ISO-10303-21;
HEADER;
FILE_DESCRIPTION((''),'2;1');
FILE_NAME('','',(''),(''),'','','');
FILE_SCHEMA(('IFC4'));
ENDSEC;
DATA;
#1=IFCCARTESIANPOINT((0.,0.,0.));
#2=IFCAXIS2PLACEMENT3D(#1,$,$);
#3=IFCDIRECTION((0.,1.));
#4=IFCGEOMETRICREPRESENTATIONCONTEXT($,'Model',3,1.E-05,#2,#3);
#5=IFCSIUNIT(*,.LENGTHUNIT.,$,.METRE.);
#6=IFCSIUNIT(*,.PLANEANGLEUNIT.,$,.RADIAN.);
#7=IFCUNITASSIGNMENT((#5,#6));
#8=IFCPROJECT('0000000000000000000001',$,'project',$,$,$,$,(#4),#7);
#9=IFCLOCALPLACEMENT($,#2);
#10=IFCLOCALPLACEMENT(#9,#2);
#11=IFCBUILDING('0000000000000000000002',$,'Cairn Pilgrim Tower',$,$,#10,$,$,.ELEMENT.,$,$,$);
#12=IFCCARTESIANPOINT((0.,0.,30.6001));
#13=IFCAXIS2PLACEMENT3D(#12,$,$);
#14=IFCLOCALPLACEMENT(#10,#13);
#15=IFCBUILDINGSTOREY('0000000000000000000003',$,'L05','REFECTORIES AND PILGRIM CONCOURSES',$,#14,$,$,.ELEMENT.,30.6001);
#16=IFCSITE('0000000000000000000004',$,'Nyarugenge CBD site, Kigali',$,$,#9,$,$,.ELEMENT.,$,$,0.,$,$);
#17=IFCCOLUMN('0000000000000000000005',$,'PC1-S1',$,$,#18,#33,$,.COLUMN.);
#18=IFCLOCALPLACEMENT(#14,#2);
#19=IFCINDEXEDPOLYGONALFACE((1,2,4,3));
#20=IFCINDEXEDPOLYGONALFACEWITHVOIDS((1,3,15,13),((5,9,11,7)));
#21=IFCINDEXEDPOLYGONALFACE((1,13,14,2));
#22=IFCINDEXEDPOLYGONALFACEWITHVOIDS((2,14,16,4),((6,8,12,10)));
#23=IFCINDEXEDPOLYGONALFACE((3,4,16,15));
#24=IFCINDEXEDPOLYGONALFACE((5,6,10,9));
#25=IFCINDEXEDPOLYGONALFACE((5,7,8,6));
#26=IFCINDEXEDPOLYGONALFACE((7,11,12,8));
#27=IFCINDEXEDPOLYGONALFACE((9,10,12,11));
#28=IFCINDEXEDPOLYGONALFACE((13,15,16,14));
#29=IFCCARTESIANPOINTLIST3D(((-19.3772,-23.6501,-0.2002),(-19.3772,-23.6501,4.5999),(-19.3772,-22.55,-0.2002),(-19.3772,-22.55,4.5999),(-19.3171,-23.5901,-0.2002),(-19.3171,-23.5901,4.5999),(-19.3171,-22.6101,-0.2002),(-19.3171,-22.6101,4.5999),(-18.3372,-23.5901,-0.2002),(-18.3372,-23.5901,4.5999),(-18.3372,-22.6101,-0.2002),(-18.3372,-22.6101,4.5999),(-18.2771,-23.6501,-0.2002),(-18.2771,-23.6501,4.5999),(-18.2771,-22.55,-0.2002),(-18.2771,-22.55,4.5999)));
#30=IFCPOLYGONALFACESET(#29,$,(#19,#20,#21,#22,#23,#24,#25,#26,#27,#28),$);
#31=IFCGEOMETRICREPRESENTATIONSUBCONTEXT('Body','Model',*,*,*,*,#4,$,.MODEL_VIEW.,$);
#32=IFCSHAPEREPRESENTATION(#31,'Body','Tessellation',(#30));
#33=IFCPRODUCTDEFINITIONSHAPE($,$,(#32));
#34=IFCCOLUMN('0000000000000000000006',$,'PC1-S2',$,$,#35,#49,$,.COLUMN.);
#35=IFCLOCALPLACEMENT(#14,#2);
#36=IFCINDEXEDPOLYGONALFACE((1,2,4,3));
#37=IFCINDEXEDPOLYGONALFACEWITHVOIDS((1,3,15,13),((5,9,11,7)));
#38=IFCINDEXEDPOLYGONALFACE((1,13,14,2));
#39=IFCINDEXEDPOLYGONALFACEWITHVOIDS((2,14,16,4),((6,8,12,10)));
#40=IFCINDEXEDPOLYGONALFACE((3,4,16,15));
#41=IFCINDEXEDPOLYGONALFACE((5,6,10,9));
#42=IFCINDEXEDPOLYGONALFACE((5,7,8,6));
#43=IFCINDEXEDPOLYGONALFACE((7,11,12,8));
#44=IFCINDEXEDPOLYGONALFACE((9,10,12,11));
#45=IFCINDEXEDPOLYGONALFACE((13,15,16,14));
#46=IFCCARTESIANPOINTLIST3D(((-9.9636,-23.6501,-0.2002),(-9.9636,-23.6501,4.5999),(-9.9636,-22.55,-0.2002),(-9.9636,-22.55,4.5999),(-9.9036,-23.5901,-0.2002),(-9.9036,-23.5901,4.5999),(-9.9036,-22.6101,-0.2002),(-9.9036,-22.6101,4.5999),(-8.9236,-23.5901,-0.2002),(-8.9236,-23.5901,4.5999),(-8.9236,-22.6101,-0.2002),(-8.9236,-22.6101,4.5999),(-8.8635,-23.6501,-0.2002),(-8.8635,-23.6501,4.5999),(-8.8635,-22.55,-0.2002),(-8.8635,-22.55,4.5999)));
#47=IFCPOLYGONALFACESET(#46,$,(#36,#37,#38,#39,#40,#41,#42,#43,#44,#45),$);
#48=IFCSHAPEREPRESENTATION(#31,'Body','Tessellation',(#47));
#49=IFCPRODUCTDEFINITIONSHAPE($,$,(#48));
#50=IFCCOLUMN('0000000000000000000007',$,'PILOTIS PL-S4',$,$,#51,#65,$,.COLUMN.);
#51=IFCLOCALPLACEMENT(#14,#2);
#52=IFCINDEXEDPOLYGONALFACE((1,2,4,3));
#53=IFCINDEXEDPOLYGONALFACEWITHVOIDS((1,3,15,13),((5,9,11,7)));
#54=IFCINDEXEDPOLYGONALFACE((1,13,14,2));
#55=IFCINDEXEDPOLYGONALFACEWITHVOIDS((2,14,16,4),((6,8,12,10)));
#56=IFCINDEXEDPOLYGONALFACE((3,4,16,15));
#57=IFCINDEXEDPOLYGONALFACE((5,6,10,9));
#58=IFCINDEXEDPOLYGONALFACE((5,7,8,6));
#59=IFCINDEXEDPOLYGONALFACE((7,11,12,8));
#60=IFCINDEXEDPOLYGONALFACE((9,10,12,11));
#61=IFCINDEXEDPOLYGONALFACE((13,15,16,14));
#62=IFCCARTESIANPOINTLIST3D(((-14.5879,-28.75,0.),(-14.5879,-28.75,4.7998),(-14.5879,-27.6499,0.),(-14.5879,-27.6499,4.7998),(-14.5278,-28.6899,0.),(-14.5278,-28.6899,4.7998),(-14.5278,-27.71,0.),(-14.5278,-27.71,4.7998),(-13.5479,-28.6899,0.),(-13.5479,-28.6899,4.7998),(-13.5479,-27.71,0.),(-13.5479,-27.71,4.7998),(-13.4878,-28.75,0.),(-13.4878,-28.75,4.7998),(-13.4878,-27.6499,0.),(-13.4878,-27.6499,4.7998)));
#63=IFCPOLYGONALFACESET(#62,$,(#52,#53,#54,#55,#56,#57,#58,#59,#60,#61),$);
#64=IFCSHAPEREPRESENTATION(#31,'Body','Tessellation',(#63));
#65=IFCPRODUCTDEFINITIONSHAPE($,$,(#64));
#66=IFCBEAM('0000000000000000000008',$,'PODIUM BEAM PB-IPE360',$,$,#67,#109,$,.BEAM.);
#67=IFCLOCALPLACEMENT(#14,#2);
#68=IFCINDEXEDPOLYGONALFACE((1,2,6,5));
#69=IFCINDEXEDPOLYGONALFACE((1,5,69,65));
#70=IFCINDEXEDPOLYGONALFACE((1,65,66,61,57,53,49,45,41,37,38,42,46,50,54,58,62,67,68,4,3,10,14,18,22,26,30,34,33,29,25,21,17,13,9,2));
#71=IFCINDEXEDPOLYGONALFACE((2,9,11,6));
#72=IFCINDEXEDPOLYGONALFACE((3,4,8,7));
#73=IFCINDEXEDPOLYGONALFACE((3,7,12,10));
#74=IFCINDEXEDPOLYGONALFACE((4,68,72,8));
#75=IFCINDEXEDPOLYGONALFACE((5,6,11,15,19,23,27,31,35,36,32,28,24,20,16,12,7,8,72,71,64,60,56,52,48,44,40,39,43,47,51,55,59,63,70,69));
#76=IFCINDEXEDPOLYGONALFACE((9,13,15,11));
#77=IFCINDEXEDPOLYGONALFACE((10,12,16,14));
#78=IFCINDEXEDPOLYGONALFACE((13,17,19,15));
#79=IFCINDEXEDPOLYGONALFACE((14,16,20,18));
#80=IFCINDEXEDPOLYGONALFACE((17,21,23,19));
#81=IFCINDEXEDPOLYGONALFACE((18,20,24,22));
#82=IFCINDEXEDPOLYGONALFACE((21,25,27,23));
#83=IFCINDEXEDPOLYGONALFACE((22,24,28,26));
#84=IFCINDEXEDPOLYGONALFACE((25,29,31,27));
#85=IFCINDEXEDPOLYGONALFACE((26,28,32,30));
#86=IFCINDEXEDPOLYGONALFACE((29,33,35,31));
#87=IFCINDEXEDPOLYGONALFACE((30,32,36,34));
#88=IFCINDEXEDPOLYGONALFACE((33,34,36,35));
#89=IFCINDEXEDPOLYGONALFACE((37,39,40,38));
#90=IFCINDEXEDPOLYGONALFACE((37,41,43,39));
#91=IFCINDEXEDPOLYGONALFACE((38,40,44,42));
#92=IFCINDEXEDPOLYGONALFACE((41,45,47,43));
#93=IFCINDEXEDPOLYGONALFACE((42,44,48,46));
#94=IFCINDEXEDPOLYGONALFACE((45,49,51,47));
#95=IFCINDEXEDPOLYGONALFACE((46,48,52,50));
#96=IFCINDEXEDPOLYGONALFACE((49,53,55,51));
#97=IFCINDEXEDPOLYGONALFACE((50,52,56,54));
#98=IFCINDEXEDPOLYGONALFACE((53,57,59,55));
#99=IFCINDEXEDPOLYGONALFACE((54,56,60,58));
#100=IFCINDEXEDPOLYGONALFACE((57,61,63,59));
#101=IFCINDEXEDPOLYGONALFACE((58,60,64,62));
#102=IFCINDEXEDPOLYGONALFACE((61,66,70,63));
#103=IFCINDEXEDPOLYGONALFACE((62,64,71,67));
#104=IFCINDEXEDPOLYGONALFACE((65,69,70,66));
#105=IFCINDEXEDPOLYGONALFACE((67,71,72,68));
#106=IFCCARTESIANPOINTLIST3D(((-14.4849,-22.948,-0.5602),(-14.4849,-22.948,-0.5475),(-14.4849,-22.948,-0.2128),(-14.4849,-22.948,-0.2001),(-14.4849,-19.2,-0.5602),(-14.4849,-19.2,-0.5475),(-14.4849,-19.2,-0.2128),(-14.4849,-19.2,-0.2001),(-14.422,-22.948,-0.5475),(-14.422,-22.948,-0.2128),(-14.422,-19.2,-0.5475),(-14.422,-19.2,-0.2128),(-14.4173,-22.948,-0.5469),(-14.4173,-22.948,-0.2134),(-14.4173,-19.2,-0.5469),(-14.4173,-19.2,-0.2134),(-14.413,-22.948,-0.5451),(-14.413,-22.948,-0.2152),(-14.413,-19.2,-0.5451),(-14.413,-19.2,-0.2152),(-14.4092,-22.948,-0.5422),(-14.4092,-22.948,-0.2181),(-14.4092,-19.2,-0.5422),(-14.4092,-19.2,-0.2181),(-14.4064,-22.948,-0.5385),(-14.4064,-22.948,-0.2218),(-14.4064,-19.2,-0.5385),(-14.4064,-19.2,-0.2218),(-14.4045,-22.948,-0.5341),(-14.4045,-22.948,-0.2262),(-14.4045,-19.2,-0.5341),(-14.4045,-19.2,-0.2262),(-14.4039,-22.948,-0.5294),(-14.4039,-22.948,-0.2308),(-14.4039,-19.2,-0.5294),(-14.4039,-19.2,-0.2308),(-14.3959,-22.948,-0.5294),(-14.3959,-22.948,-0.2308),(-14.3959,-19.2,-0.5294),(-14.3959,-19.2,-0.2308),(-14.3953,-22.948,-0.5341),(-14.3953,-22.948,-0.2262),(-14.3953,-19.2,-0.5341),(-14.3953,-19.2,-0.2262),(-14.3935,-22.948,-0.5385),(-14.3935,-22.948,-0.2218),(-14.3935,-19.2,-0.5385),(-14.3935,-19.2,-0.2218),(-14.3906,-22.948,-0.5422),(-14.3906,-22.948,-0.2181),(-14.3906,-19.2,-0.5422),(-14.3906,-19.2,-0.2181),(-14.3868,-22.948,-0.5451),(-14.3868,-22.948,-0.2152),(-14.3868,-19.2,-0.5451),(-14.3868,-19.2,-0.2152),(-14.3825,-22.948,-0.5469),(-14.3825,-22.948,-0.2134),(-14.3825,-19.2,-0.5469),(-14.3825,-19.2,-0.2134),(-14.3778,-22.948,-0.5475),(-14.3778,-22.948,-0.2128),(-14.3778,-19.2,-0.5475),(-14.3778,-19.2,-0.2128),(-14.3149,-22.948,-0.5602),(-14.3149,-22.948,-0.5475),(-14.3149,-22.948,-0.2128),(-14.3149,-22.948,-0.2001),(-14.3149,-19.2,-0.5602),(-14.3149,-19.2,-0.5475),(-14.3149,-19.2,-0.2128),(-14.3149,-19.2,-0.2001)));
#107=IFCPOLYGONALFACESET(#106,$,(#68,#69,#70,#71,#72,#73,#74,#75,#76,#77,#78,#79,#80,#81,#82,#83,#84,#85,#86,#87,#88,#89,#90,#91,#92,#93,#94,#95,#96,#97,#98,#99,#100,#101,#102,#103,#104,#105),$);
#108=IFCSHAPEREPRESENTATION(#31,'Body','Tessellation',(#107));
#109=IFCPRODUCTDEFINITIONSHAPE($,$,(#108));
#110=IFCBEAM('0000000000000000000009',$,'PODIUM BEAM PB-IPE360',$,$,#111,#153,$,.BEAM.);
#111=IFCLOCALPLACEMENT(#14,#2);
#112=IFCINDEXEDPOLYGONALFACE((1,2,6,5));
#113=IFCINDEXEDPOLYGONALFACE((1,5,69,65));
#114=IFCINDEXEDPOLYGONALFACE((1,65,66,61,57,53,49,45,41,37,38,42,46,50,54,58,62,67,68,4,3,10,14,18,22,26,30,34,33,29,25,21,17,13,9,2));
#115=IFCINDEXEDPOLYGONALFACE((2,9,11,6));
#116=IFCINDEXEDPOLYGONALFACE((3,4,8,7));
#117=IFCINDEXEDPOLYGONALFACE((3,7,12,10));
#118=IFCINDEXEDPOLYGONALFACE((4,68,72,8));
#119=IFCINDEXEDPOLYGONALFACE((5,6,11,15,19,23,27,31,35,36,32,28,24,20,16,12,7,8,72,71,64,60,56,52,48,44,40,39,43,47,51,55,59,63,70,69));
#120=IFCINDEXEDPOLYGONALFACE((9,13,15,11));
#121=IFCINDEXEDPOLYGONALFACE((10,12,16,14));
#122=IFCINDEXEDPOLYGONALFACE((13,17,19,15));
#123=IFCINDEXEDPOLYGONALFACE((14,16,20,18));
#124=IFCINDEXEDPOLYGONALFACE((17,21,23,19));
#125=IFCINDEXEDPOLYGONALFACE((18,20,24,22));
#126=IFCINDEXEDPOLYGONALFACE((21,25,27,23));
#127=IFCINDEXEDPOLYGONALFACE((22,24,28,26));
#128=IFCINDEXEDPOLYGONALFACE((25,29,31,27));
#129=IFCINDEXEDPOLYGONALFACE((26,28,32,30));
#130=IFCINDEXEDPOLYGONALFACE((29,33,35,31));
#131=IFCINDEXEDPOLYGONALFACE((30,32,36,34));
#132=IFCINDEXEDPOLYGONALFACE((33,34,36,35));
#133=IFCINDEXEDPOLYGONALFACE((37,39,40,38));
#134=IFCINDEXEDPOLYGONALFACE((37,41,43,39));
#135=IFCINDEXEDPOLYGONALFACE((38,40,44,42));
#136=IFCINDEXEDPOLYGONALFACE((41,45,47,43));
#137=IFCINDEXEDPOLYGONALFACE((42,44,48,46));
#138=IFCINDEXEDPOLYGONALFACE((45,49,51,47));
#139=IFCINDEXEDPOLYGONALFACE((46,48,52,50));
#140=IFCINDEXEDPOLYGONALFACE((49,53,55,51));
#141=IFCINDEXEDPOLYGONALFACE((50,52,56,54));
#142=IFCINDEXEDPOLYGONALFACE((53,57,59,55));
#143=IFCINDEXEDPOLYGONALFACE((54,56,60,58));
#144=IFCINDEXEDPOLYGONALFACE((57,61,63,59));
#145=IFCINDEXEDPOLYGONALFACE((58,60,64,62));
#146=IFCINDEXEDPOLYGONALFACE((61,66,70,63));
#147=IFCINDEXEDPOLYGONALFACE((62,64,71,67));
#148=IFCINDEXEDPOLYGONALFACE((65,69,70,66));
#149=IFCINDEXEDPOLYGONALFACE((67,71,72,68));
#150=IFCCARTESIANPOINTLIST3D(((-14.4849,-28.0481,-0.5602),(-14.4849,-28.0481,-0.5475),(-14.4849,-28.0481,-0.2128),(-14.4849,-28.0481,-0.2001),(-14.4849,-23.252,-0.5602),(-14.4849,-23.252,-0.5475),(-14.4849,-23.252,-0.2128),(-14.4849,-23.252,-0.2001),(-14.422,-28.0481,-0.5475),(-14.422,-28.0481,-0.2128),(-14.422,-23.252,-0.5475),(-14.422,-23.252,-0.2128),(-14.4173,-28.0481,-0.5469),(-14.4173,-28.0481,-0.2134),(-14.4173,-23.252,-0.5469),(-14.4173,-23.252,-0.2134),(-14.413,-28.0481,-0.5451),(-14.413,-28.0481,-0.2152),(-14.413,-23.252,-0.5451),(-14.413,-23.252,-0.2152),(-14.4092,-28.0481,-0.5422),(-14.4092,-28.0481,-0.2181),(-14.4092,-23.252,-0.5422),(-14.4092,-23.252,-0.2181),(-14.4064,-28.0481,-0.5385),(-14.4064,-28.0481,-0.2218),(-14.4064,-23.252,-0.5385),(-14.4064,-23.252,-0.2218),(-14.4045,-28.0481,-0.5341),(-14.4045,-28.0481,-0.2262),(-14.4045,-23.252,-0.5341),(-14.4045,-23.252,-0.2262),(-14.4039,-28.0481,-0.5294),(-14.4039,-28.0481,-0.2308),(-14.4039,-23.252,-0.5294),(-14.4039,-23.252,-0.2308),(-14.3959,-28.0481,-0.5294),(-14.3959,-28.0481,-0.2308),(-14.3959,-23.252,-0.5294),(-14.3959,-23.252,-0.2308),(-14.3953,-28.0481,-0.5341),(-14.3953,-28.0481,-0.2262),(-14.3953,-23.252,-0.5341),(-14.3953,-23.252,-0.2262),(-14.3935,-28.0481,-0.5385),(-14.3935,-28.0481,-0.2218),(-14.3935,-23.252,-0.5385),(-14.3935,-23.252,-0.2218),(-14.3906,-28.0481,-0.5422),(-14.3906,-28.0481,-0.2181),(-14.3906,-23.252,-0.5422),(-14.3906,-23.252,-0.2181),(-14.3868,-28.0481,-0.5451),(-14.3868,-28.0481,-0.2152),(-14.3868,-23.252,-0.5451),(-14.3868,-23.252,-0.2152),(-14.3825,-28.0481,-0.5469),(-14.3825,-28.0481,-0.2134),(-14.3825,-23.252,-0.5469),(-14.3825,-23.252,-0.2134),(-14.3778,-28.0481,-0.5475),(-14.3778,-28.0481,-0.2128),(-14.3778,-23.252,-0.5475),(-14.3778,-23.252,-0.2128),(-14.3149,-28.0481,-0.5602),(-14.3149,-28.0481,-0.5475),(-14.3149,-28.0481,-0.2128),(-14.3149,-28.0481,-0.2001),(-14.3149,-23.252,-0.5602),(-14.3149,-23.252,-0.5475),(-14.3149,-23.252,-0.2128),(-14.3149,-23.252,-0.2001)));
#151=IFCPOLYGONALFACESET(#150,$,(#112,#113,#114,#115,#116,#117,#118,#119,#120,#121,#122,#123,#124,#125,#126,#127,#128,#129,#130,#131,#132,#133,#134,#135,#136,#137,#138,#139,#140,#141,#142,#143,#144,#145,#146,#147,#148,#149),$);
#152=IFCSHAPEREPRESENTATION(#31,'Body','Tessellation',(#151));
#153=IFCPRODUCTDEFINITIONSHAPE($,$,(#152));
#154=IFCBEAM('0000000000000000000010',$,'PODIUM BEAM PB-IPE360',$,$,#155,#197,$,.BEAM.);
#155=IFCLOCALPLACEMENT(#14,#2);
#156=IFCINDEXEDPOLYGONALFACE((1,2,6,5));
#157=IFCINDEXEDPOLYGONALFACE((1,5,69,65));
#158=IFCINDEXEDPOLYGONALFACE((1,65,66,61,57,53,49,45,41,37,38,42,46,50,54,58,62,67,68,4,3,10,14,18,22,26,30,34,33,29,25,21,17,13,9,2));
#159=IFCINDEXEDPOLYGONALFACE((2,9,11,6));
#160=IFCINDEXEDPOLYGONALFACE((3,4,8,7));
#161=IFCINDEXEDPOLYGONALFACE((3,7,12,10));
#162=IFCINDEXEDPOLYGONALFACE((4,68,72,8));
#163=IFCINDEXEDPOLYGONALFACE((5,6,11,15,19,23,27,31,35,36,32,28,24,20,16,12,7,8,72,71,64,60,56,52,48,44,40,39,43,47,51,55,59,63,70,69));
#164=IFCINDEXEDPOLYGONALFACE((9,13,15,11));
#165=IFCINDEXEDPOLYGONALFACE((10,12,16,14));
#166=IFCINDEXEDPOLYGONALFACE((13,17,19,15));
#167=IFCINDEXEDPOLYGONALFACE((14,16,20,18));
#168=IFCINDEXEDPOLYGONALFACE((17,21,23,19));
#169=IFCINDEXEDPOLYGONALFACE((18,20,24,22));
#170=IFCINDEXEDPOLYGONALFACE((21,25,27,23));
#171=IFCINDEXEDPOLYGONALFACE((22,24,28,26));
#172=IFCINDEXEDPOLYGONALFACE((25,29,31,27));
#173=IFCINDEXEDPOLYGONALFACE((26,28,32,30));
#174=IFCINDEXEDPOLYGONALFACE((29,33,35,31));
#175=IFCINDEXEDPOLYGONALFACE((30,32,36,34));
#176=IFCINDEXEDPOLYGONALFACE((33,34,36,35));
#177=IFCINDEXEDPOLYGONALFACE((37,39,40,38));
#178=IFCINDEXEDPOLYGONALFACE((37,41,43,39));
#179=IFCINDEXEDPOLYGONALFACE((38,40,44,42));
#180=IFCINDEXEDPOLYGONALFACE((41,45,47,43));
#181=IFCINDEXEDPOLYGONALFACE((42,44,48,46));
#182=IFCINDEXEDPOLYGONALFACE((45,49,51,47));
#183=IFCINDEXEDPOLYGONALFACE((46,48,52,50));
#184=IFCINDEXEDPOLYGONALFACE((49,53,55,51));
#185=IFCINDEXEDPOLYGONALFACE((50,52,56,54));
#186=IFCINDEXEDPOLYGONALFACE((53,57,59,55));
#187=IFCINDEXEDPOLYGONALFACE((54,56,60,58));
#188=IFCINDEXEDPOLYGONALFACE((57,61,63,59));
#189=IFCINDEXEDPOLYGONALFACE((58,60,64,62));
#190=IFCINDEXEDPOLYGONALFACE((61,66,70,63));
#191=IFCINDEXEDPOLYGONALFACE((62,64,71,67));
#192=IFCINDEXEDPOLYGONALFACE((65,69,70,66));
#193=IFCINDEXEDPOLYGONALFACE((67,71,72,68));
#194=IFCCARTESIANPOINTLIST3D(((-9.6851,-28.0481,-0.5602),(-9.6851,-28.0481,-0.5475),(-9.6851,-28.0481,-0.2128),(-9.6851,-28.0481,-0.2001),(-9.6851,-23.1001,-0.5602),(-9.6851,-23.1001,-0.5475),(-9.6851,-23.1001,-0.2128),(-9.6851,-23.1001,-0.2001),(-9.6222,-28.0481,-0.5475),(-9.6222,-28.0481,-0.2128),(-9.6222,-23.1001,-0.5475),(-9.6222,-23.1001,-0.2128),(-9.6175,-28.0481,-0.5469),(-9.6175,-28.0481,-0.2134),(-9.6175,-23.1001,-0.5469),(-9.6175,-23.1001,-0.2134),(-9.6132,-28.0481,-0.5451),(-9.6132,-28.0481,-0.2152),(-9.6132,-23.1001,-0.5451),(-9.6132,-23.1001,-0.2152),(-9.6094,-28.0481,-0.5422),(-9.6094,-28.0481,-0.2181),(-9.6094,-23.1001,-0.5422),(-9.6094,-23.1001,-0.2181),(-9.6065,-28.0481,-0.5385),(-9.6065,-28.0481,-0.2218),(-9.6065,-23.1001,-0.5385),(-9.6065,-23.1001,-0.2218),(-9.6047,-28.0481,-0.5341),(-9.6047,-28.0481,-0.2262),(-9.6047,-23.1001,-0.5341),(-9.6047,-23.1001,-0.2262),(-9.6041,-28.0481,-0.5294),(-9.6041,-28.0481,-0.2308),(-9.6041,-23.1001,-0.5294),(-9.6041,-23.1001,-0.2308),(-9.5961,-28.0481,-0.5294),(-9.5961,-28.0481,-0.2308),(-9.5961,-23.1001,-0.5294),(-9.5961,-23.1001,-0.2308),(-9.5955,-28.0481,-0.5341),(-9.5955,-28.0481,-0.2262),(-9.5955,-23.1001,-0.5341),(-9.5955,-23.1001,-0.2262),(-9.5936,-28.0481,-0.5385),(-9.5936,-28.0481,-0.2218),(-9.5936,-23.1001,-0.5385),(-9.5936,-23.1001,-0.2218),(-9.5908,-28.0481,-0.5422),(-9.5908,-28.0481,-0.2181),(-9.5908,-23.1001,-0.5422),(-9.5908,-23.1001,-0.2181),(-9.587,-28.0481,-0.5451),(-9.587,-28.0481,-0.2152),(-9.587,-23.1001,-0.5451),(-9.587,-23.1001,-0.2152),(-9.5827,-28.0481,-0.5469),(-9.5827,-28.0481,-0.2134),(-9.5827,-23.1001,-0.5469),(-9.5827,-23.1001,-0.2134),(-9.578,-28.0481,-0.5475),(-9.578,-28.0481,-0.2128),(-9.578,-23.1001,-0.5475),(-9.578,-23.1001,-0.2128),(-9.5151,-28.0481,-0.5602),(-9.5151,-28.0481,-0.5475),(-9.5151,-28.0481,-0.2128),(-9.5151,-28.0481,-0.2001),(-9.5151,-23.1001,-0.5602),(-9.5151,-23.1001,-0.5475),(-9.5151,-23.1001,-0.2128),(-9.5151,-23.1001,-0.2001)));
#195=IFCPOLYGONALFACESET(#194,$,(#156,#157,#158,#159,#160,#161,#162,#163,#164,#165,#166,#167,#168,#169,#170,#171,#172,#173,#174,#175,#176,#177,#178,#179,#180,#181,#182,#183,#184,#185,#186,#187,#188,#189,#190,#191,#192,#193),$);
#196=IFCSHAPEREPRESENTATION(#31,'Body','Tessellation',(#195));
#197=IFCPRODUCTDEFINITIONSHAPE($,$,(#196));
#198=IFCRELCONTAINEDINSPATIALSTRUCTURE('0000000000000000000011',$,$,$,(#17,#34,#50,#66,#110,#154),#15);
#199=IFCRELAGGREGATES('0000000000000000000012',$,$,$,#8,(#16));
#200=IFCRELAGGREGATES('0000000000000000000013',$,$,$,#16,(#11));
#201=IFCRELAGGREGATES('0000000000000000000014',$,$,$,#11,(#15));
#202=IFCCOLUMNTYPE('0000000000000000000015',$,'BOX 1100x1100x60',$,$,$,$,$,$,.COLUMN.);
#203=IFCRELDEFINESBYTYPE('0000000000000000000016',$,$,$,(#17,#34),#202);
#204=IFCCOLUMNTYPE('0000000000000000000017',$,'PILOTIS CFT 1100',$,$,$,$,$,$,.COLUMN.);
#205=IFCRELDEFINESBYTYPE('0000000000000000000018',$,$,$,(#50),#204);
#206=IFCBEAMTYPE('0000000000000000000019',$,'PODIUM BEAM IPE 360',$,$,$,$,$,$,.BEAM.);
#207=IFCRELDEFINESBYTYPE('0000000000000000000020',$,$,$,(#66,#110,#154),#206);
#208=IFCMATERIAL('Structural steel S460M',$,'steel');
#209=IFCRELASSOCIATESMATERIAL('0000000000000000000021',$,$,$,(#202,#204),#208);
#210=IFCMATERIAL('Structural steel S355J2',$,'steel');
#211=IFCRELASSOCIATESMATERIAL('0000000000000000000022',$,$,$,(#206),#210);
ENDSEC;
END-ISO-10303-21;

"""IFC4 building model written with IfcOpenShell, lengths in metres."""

from ifc_helpers import new_model, si_unit, direction, frame, origin, origin_2d, place, context, subcontext, project, spatial, hollow_rectangle, i_section, extrude, material, material_profile, profile_set, type_object, element, save


model = new_model("IFC4")

# Units and contexts
model_context = context("Model", 3, precision=1e-05, world=origin(), true_north=direction((0.0, 1.0)))
body_context = subcontext(model_context, "Body", "Model", "MODEL_VIEW")
ifc_project = project(units=[si_unit("LENGTHUNIT", "METRE"), si_unit("PLANEANGLEUNIT", "RADIAN")], contexts=[model_context])

# Site, building, storey
site_placement = place(None, origin())
site = spatial("IfcSite", under=ifc_project, at=site_placement, Name="Nyarugenge CBD site, Kigali", CompositionType="ELEMENT", RefElevation=0.0)
building_placement = place(site_placement, origin())
building = spatial("IfcBuilding", under=site, at=building_placement, Name="Cairn Pilgrim Tower", CompositionType="ELEMENT")
storey_placement = place(building_placement, frame((0.0, 0.0, 30.6001)))
storey = spatial("IfcBuildingStorey", under=building, at=storey_placement, Name="L05", Description="REFECTORIES AND PILGRIM CONCOURSES", CompositionType="ELEMENT", Elevation=30.6001)

# Columns
ifc_material_1 = material(Name="Structural steel S460M", Category="steel")
ifc_material_profile_1 = material_profile(ifc_material_1, hollow_rectangle(XDim=1.1001, YDim=1.1001, WallThickness=0.0601, at=origin_2d()), Name="BOX 1100x1100x60")
ifc_profile_set_1 = profile_set([ifc_material_profile_1], Name="Structural steel S460M")
column_type_1 = type_object("IfcColumnType", Name="BOX 1100x1100x60", PredefinedType="COLUMN", material=ifc_profile_set_1)
for number, where, z_axis, x_axis, name in (
    (1, (-18.8271, -23.1001, -0.2002), (0.0, 0.0, 1.0), (1.0, 0.0, 0.0), "PC1-S1"),
    (2, (-9.4136, -23.1001, -0.2002), (0.0, 0.0, 1.0), (1.0, 0.0, 0.0), "PC1-S2"),
):
    element("IfcColumn", number, at=place(storey_placement, frame(where, z_axis=z_axis, x_axis=x_axis)), inside=storey, type_object=column_type_1, Name=name, PredefinedType="COLUMN", context=body_context, shape_type="SweptSolid", body=[
        extrude(hollow_rectangle(XDim=1.1001, YDim=1.1001, WallThickness=0.0601, at=origin_2d()), origin(), (0.0, 0.0, 1.0), 4.8),
    ])
ifc_material_profile_2 = material_profile(ifc_material_1, hollow_rectangle(XDim=1.1001, YDim=1.1001, WallThickness=0.0601, at=origin_2d()), Name="BOX 1100x1100x60")
ifc_profile_set_2 = profile_set([ifc_material_profile_2], Name="Structural steel S460M")
column_type_2 = type_object("IfcColumnType", Name="PILOTIS CFT 1100", PredefinedType="COLUMN", material=ifc_profile_set_2)
column_placement = place(storey_placement, frame((-14.0378, -28.2, 0.0), z_axis=(0.0, 0.0, 1.0), x_axis=(1.0, 0.0, 0.0)))
element("IfcColumn", 3, at=column_placement, inside=storey, type_object=column_type_2, Name="PILOTIS PL-S4", PredefinedType="COLUMN", context=body_context, shape_type="SweptSolid", body=[
    extrude(hollow_rectangle(XDim=1.1001, YDim=1.1001, WallThickness=0.0601, at=origin_2d()), origin(), (0.0, 0.0, 1.0), 4.7998),
])

# Beams
ifc_material_2 = material(Name="Structural steel S355J2", Category="steel")
ifc_material_profile_3 = material_profile(ifc_material_2, i_section(OverallWidth=0.1699, OverallDepth=0.3601, WebThickness=0.0081, FlangeThickness=0.0127, FilletRadius=0.0181, at=origin_2d()), Name="IPE 360")
ifc_profile_set_3 = profile_set([ifc_material_profile_3], Name="Structural steel S355J2")
beam_type_1 = type_object("IfcBeamType", Name="PODIUM BEAM IPE 360", PredefinedType="BEAM", material=ifc_profile_set_3)
beam_1_placement = place(storey_placement, frame((-14.3999, -22.948, -0.3801), z_axis=(0.0, 1.0, 0.0), x_axis=(-1.0, 0.0, 0.0)))
element("IfcBeam", 4, at=beam_1_placement, inside=storey, type_object=beam_type_1, Name="PODIUM BEAM PB-IPE360", PredefinedType="BEAM", context=body_context, shape_type="SweptSolid", body=[
    extrude(i_section(OverallWidth=0.1699, OverallDepth=0.3601, WebThickness=0.0081, FlangeThickness=0.0127, FilletRadius=0.0181, at=origin_2d()), origin(), (0.0, 0.0, 1.0), 3.748),
])
beam_2_placement = place(storey_placement, frame((-14.3999, -28.0481, -0.3801), z_axis=(0.0, 1.0, 0.0), x_axis=(-1.0, 0.0, 0.0)))
element("IfcBeam", 5, at=beam_2_placement, inside=storey, type_object=beam_type_1, Name="PODIUM BEAM PB-IPE360", PredefinedType="BEAM", context=body_context, shape_type="SweptSolid", body=[
    extrude(i_section(OverallWidth=0.1699, OverallDepth=0.3601, WebThickness=0.0081, FlangeThickness=0.0127, FilletRadius=0.0181, at=origin_2d()), origin(), (0.0, 0.0, 1.0), 4.7961),
])
beam_3_placement = place(storey_placement, frame((-9.6001, -28.0481, -0.3801), z_axis=(0.0, 1.0, 0.0), x_axis=(-1.0, 0.0, 0.0)))
element("IfcBeam", 6, at=beam_3_placement, inside=storey, type_object=beam_type_1, Name="PODIUM BEAM PB-IPE360", PredefinedType="BEAM", context=body_context, shape_type="SweptSolid", body=[
    extrude(i_section(OverallWidth=0.1699, OverallDepth=0.3601, WebThickness=0.0081, FlangeThickness=0.0127, FilletRadius=0.0181, at=origin_2d()), origin(), (0.0, 0.0, 1.0), 4.948),
])

save(model, "model.ifc")
